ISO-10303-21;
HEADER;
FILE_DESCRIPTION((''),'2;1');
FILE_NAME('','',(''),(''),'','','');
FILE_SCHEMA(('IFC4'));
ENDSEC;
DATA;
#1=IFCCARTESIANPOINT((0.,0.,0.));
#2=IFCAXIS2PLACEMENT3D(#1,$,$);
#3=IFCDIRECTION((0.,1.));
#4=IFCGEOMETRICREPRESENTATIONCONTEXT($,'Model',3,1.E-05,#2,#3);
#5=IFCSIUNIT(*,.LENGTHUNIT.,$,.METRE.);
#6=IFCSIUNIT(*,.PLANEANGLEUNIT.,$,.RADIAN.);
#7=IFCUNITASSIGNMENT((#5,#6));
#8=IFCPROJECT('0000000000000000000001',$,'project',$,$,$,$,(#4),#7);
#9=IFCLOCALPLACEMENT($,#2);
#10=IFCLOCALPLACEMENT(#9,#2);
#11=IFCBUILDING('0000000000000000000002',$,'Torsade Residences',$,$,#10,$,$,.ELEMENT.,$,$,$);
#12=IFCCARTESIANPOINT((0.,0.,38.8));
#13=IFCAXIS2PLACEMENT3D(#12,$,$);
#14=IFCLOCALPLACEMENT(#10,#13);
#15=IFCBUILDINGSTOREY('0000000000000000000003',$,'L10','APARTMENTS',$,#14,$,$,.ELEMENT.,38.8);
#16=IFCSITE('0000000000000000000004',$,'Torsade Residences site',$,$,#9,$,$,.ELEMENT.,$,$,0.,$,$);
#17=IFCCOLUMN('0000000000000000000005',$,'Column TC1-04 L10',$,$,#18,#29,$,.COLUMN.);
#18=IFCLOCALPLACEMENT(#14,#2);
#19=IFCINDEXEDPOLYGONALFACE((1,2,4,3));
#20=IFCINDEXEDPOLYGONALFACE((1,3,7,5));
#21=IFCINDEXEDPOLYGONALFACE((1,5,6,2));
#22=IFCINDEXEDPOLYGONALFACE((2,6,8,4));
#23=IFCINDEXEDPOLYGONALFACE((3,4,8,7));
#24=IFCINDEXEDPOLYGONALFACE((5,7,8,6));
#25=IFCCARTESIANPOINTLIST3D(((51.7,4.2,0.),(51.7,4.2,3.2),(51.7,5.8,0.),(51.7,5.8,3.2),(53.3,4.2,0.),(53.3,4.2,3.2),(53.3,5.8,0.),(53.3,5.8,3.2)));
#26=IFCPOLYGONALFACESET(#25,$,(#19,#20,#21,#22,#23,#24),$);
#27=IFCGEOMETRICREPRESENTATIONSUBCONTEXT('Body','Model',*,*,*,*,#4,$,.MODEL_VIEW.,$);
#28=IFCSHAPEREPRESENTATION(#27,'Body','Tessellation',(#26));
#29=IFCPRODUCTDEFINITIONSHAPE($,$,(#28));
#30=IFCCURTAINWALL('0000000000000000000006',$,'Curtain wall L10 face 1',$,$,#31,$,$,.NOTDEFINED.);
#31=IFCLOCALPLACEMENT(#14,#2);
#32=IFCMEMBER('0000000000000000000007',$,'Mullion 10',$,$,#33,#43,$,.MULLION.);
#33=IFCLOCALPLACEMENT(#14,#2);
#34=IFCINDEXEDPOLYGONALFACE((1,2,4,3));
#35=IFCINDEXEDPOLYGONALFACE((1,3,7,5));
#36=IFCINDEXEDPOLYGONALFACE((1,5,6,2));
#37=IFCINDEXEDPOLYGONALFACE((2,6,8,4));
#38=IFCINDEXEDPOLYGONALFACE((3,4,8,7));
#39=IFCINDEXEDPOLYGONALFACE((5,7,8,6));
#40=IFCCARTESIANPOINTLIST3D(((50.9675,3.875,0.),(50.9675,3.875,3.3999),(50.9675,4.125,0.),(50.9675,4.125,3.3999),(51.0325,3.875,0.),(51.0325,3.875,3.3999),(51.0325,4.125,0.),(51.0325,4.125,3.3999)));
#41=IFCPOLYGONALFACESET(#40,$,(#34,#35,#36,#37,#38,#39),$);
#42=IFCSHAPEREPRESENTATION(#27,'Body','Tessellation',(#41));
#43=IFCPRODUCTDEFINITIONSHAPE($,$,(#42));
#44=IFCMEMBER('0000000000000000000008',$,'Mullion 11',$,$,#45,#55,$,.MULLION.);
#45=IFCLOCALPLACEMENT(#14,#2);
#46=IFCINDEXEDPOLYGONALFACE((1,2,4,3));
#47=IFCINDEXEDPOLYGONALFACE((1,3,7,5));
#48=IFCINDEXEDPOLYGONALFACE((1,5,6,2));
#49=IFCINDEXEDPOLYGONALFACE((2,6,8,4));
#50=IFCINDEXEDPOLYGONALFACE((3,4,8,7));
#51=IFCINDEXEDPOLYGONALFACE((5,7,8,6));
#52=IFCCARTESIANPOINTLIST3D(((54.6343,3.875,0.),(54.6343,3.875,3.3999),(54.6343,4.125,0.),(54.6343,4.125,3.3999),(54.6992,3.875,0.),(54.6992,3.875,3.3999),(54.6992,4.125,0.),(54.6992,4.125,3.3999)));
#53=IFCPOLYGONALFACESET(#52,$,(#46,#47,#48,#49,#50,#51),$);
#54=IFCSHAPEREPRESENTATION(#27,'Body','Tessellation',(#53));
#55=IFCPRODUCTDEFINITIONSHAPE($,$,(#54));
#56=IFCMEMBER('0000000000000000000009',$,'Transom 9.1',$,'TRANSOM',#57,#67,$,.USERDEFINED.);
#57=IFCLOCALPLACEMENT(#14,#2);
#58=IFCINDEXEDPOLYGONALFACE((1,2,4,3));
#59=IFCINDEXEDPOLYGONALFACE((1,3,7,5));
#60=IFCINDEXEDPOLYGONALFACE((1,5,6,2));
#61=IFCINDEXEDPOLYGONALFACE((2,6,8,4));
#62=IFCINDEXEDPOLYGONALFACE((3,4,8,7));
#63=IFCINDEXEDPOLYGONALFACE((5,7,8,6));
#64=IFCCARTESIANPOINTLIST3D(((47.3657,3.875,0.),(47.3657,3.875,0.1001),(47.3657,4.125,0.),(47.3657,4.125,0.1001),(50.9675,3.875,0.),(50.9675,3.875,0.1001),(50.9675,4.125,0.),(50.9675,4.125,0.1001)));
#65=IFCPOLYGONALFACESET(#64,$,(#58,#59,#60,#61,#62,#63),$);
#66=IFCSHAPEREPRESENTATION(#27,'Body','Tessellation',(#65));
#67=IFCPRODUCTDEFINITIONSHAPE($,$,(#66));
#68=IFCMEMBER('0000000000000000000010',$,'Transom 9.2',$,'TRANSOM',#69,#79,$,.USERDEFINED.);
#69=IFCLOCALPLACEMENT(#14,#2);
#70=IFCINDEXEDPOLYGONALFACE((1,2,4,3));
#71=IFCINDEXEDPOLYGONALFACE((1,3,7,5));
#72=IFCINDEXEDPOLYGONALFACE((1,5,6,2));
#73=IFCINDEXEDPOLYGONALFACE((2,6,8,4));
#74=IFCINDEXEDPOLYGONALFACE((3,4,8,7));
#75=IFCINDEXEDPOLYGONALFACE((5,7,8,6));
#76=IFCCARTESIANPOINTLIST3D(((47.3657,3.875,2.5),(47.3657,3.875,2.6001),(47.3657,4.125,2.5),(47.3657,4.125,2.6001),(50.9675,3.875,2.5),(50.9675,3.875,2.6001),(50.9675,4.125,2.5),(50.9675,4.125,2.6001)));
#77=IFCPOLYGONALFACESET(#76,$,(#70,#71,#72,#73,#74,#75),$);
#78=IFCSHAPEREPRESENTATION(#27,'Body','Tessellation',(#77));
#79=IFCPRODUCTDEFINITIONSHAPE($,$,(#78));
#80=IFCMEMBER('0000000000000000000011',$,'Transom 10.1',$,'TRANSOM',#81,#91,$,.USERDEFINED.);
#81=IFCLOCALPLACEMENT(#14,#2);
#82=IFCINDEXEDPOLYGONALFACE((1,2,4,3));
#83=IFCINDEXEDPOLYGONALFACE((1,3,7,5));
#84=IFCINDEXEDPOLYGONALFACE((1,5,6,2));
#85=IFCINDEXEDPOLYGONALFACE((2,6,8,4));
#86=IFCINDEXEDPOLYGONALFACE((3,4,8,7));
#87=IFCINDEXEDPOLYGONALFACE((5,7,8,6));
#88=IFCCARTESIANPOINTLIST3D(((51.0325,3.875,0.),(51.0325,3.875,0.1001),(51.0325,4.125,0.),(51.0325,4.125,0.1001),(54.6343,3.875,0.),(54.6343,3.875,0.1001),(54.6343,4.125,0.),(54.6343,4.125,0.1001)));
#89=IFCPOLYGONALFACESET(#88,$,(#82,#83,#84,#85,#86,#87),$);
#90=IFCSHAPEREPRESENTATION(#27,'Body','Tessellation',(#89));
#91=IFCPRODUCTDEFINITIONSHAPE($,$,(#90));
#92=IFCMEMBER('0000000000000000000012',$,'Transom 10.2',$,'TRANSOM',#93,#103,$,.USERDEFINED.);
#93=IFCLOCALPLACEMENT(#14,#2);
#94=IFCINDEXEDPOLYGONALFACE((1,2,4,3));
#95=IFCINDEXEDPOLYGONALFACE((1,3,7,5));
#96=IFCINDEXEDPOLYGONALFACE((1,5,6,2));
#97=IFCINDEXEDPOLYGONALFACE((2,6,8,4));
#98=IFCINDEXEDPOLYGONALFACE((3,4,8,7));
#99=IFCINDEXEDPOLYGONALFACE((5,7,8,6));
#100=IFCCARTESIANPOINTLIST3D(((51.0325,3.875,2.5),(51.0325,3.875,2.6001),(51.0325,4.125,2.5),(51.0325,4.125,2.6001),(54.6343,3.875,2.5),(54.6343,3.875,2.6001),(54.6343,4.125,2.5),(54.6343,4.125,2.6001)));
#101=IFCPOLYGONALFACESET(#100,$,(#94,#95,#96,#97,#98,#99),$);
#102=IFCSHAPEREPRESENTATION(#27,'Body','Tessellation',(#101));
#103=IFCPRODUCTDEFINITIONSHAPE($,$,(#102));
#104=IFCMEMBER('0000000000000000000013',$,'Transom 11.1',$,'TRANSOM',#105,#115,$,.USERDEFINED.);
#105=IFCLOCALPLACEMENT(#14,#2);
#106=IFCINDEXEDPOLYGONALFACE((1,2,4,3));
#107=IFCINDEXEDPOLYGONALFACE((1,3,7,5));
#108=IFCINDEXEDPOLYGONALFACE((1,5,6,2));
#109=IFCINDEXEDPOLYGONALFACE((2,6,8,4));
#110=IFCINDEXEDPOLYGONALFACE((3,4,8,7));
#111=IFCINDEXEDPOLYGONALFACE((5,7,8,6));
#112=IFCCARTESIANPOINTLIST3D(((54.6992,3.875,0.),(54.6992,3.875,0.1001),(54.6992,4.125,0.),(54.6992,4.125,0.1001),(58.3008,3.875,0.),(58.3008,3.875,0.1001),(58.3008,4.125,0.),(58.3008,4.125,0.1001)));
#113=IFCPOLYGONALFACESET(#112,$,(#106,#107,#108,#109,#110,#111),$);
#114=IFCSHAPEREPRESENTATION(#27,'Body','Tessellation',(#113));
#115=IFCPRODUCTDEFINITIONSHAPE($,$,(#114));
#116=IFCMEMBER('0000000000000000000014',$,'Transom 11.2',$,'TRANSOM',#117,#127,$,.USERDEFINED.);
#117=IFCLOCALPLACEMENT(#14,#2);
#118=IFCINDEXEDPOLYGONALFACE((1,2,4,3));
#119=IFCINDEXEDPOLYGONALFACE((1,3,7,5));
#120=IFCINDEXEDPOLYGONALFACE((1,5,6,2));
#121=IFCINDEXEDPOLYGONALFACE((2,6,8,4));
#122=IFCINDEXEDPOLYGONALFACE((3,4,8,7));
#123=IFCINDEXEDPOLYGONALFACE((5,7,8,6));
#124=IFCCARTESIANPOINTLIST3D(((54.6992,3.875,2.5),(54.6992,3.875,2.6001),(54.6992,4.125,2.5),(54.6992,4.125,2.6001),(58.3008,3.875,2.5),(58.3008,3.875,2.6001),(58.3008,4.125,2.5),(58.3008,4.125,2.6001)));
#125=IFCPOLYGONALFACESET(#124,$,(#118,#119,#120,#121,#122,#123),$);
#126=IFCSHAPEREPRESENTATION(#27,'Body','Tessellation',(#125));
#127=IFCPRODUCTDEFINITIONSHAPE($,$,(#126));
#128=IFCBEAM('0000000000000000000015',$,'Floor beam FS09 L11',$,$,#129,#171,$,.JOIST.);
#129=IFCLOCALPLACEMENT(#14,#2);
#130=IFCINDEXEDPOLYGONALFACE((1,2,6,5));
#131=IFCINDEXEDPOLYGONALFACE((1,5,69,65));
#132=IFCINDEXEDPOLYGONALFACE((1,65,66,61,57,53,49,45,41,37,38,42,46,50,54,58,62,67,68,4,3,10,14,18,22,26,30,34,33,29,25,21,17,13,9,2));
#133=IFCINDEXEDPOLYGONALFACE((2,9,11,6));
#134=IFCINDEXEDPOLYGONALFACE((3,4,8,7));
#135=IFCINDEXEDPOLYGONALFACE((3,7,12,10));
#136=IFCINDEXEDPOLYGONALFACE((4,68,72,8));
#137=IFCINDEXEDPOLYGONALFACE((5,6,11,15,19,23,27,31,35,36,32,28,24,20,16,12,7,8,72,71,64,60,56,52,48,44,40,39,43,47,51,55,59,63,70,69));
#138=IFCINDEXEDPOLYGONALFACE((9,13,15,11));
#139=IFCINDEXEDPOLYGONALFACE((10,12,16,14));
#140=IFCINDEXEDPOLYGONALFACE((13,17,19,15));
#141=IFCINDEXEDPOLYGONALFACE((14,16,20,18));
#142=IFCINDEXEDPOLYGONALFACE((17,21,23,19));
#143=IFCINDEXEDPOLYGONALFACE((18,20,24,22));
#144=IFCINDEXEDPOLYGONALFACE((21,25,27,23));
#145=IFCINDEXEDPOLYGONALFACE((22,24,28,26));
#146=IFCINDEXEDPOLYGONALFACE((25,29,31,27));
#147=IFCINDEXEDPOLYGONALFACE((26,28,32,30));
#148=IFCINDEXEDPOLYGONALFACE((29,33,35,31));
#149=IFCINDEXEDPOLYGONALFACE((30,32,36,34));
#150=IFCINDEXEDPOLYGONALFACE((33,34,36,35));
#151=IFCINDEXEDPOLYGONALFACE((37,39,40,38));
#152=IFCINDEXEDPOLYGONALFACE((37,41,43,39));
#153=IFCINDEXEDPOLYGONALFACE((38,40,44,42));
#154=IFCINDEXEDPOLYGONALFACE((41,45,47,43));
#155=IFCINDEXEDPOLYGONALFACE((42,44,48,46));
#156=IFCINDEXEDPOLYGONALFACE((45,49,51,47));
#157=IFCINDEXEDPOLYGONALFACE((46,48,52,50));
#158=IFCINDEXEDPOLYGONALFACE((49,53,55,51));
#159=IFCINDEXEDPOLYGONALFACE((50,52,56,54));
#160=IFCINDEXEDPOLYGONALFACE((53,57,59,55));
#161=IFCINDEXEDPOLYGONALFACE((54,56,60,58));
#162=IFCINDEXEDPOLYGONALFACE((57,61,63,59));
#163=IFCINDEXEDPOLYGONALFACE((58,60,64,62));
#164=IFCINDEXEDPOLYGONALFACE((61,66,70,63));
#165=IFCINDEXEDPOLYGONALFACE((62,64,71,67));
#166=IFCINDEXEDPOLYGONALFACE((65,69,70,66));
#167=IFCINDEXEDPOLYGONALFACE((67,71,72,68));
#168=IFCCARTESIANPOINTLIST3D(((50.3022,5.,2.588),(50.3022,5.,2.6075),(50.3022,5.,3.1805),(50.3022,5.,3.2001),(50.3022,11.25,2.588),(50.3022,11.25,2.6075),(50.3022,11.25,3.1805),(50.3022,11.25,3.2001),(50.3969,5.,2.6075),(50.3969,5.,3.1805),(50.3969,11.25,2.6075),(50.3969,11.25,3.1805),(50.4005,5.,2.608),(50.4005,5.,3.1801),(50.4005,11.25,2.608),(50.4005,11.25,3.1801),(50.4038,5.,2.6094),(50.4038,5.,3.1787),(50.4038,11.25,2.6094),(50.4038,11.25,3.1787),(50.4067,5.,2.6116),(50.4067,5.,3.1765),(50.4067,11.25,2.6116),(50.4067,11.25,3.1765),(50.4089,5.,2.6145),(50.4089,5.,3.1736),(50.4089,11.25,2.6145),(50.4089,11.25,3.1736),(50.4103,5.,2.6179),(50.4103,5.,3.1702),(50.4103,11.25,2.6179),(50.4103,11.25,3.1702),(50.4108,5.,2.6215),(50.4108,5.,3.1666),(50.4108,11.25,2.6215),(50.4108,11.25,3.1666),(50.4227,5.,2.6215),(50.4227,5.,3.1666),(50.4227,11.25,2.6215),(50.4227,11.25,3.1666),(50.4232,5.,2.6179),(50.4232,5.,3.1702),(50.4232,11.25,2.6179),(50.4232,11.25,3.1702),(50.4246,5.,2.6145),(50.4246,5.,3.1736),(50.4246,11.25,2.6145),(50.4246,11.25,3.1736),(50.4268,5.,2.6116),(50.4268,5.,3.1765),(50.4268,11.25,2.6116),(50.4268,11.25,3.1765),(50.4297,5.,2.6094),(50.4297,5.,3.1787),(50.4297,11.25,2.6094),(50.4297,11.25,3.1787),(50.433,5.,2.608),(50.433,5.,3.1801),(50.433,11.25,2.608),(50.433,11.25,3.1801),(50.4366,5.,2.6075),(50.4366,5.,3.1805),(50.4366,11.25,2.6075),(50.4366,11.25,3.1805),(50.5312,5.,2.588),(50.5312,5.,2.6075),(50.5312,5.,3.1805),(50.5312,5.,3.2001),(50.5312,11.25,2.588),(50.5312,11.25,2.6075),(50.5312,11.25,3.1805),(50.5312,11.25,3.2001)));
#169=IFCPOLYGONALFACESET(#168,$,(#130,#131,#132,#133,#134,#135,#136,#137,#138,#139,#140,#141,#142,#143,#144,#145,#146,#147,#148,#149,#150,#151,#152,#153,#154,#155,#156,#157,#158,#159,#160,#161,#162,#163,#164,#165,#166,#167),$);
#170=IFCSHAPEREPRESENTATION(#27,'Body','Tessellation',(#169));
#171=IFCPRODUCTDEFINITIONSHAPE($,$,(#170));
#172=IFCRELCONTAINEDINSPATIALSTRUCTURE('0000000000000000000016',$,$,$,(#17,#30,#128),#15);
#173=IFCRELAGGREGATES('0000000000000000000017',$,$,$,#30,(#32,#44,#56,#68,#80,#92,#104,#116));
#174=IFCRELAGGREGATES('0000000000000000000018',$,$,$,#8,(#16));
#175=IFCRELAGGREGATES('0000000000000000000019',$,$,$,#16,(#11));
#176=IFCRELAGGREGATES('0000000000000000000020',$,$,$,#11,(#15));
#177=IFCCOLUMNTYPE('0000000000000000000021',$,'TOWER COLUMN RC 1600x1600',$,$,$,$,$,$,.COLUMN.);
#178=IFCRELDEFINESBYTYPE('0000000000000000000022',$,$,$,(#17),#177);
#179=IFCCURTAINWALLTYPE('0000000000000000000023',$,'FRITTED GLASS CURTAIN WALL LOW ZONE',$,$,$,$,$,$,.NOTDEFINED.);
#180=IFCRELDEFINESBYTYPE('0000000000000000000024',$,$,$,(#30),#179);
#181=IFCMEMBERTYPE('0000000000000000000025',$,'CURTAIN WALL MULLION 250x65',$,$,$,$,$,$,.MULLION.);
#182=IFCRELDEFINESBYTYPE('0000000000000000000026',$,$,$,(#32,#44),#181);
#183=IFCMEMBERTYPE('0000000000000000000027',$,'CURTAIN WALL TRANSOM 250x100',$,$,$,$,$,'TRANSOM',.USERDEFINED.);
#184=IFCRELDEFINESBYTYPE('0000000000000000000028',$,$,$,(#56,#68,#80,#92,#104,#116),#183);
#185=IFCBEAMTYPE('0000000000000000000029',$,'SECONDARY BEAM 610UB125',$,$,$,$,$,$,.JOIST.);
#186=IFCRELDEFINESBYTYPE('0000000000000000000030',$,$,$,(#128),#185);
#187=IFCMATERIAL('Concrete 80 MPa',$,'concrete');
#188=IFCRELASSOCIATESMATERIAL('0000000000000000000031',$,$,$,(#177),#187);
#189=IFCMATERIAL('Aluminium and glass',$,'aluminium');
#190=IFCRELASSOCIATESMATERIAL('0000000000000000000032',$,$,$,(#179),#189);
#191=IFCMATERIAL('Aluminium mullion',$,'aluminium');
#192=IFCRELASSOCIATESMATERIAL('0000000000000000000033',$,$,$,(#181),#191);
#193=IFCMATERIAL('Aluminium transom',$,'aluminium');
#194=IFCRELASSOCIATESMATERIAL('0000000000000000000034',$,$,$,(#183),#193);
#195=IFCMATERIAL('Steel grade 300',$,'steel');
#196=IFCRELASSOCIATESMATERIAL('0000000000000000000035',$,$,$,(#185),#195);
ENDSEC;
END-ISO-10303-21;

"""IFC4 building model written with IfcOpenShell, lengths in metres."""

from ifc_helpers import new_model, si_unit, direction, frame, origin, origin_2d, place, context, subcontext, project, spatial, rectangle, i_section, extrude, material, material_profile, profile_set, type_object, element, aggregate, save


model = new_model("IFC4")

# Units and contexts
model_context = context("Model", 3, precision=1e-05, world=origin(), true_north=direction((0.0, 1.0)))
body_context = subcontext(model_context, "Body", "Model", "MODEL_VIEW")
ifc_project = project(units=[si_unit("LENGTHUNIT", "METRE"), si_unit("PLANEANGLEUNIT", "RADIAN")], contexts=[model_context])

# Site, building, storey
site_placement = place(None, origin())
site = spatial("IfcSite", under=ifc_project, at=site_placement, Name="Torsade Residences site", CompositionType="ELEMENT", RefElevation=0.0)
building_placement = place(site_placement, origin())
building = spatial("IfcBuilding", under=site, at=building_placement, Name="Torsade Residences", CompositionType="ELEMENT")
storey_placement = place(building_placement, frame((0.0, 0.0, 38.8)))
storey = spatial("IfcBuildingStorey", under=building, at=storey_placement, Name="L10", Description="APARTMENTS", CompositionType="ELEMENT", Elevation=38.8)

# Column
ifc_material_1 = material(Name="Concrete 80 MPa", Category="concrete")
ifc_material_profile_1 = material_profile(ifc_material_1, rectangle(XDim=1.6001, YDim=1.6001, at=origin_2d()), Name="RC 1600x1600")
ifc_profile_set_1 = profile_set([ifc_material_profile_1], Name="Concrete 80 MPa")
column_type = type_object("IfcColumnType", Name="TOWER COLUMN RC 1600x1600", PredefinedType="COLUMN", material=ifc_profile_set_1)
column_placement = place(storey_placement, frame((52.5, 5.0, 0.0), z_axis=(0.0, 0.0, 1.0), x_axis=(1.0, 0.0, 0.0)))
element("IfcColumn", 1, at=column_placement, inside=storey, type_object=column_type, Name="Column TC1-04 L10", PredefinedType="COLUMN", context=body_context, shape_type="SweptSolid", body=[
    extrude(rectangle(XDim=1.6001, YDim=1.6001, at=origin_2d()), origin(), (0.0, 0.0, 1.0), 3.2),
])

# Curtain wall, members
ifc_material_2 = material(Name="Aluminium and glass", Category="aluminium")
curtain_wall_type = type_object("IfcCurtainWallType", Name="FRITTED GLASS CURTAIN WALL LOW ZONE", PredefinedType="NOTDEFINED", material=ifc_material_2)
curtain_wall_placement = place(storey_placement, origin())
curtain_wall = element("IfcCurtainWall", 2, at=curtain_wall_placement, inside=storey, type_object=curtain_wall_type, Name="Curtain wall L10 face 1", PredefinedType="NOTDEFINED")
ifc_material_3 = material(Name="Aluminium mullion", Category="aluminium")
ifc_material_profile_2 = material_profile(ifc_material_3, rectangle(XDim=0.25, YDim=0.0649, at=origin_2d()), Name="CURTAIN WALL MULLION 250x65")
ifc_profile_set_2 = profile_set([ifc_material_profile_2], Name="Aluminium mullion")
member_type_1 = type_object("IfcMemberType", Name="CURTAIN WALL MULLION 250x65", PredefinedType="MULLION", material=ifc_profile_set_2)
member_1_placement = place(storey_placement, frame((51.0, 4.0, 0.0), z_axis=(0.0, 0.0, 1.0), x_axis=(0.0, 1.0, 0.0)))
member_1 = element("IfcMember", 3, at=member_1_placement, type_object=member_type_1, Name="Mullion 10", PredefinedType="MULLION", context=body_context, shape_type="SweptSolid", body=[
    extrude(rectangle(XDim=0.25, YDim=0.0649, at=origin_2d()), origin(), (0.0, 0.0, 1.0), 3.3999),
])
member_2_placement = place(storey_placement, frame((54.6667, 4.0, 0.0), z_axis=(0.0, 0.0, 1.0), x_axis=(0.0, 1.0, 0.0)))
member_2 = element("IfcMember", 4, at=member_2_placement, type_object=member_type_1, Name="Mullion 11", PredefinedType="MULLION", context=body_context, shape_type="SweptSolid", body=[
    extrude(rectangle(XDim=0.25, YDim=0.0649, at=origin_2d()), origin(), (0.0, 0.0, 1.0), 3.3999),
])
ifc_material_4 = material(Name="Aluminium transom", Category="aluminium")
ifc_material_profile_3 = material_profile(ifc_material_4, rectangle(XDim=0.25, YDim=0.1001, at=origin_2d()), Name="CURTAIN WALL TRANSOM 250x100")
ifc_profile_set_3 = profile_set([ifc_material_profile_3], Name="Aluminium transom")
member_type_2 = type_object("IfcMemberType", Name="CURTAIN WALL TRANSOM 250x100", ElementType="TRANSOM", PredefinedType="USERDEFINED", material=ifc_profile_set_3)
member_3_placement = place(storey_placement, frame((47.3657, 4.0, 0.05), z_axis=(1.0, 0.0, 0.0), x_axis=(0.0, 1.0, 0.0)))
member_3 = element("IfcMember", 5, at=member_3_placement, type_object=member_type_2, Name="Transom 9.1", ObjectType="TRANSOM", PredefinedType="USERDEFINED", context=body_context, shape_type="SweptSolid", body=[
    extrude(rectangle(XDim=0.25, YDim=0.1001, at=origin_2d()), origin(), (0.0, 0.0, 1.0), 3.6018),
])
member_4_placement = place(storey_placement, frame((47.3657, 4.0, 2.55), z_axis=(1.0, 0.0, 0.0), x_axis=(0.0, 1.0, 0.0)))
member_4 = element("IfcMember", 6, at=member_4_placement, type_object=member_type_2, Name="Transom 9.2", ObjectType="TRANSOM", PredefinedType="USERDEFINED", context=body_context, shape_type="SweptSolid", body=[
    extrude(rectangle(XDim=0.25, YDim=0.1001, at=origin_2d()), origin(), (0.0, 0.0, 1.0), 3.6018),
])
member_5_placement = place(storey_placement, frame((51.0325, 4.0, 0.05), z_axis=(1.0, 0.0, 0.0), x_axis=(0.0, 1.0, 0.0)))
member_5 = element("IfcMember", 7, at=member_5_placement, type_object=member_type_2, Name="Transom 10.1", ObjectType="TRANSOM", PredefinedType="USERDEFINED", context=body_context, shape_type="SweptSolid", body=[
    extrude(rectangle(XDim=0.25, YDim=0.1001, at=origin_2d()), origin(), (0.0, 0.0, 1.0), 3.6018),
])
member_6_placement = place(storey_placement, frame((51.0325, 4.0, 2.55), z_axis=(1.0, 0.0, 0.0), x_axis=(0.0, 1.0, 0.0)))
member_6 = element("IfcMember", 8, at=member_6_placement, type_object=member_type_2, Name="Transom 10.2", ObjectType="TRANSOM", PredefinedType="USERDEFINED", context=body_context, shape_type="SweptSolid", body=[
    extrude(rectangle(XDim=0.25, YDim=0.1001, at=origin_2d()), origin(), (0.0, 0.0, 1.0), 3.6018),
])
member_7_placement = place(storey_placement, frame((54.6992, 4.0, 0.05), z_axis=(1.0, 0.0, 0.0), x_axis=(0.0, 1.0, 0.0)))
member_7 = element("IfcMember", 9, at=member_7_placement, type_object=member_type_2, Name="Transom 11.1", ObjectType="TRANSOM", PredefinedType="USERDEFINED", context=body_context, shape_type="SweptSolid", body=[
    extrude(rectangle(XDim=0.25, YDim=0.1001, at=origin_2d()), origin(), (0.0, 0.0, 1.0), 3.6016),
])
member_8_placement = place(storey_placement, frame((54.6992, 4.0, 2.55), z_axis=(1.0, 0.0, 0.0), x_axis=(0.0, 1.0, 0.0)))
member_8 = element("IfcMember", 10, at=member_8_placement, type_object=member_type_2, Name="Transom 11.2", ObjectType="TRANSOM", PredefinedType="USERDEFINED", context=body_context, shape_type="SweptSolid", body=[
    extrude(rectangle(XDim=0.25, YDim=0.1001, at=origin_2d()), origin(), (0.0, 0.0, 1.0), 3.6016),
])

# Beam
ifc_material_5 = material(Name="Steel grade 300", Category="steel")
ifc_material_profile_4 = material_profile(ifc_material_5, i_section(OverallWidth=0.229, OverallDepth=0.6121, WebThickness=0.012, FlangeThickness=0.0195, FilletRadius=0.0139, at=origin_2d()), Name="610UB125")
ifc_profile_set_4 = profile_set([ifc_material_profile_4], Name="Steel grade 300")
beam_type_1 = type_object("IfcBeamType", Name="SECONDARY BEAM 610UB125", PredefinedType="JOIST", material=ifc_profile_set_4)
beam_1_placement = place(storey_placement, frame((50.4167, 5.0, 2.894), z_axis=(0.0, 1.0, 0.0), x_axis=(-1.0, 0.0, 0.0)))
element("IfcBeam", 11, at=beam_1_placement, inside=storey, type_object=beam_type_1, Name="Floor beam FS09 L11", PredefinedType="JOIST", context=body_context, shape_type="SweptSolid", body=[
    extrude(i_section(OverallWidth=0.229, OverallDepth=0.6121, WebThickness=0.012, FlangeThickness=0.0195, FilletRadius=0.0139, at=origin_2d()), origin(), (0.0, 0.0, 1.0), 6.25),
])

aggregate(curtain_wall, [member_1, member_2, member_3, member_4, member_5, member_6, member_7, member_8])

save(model, "model.ifc")
